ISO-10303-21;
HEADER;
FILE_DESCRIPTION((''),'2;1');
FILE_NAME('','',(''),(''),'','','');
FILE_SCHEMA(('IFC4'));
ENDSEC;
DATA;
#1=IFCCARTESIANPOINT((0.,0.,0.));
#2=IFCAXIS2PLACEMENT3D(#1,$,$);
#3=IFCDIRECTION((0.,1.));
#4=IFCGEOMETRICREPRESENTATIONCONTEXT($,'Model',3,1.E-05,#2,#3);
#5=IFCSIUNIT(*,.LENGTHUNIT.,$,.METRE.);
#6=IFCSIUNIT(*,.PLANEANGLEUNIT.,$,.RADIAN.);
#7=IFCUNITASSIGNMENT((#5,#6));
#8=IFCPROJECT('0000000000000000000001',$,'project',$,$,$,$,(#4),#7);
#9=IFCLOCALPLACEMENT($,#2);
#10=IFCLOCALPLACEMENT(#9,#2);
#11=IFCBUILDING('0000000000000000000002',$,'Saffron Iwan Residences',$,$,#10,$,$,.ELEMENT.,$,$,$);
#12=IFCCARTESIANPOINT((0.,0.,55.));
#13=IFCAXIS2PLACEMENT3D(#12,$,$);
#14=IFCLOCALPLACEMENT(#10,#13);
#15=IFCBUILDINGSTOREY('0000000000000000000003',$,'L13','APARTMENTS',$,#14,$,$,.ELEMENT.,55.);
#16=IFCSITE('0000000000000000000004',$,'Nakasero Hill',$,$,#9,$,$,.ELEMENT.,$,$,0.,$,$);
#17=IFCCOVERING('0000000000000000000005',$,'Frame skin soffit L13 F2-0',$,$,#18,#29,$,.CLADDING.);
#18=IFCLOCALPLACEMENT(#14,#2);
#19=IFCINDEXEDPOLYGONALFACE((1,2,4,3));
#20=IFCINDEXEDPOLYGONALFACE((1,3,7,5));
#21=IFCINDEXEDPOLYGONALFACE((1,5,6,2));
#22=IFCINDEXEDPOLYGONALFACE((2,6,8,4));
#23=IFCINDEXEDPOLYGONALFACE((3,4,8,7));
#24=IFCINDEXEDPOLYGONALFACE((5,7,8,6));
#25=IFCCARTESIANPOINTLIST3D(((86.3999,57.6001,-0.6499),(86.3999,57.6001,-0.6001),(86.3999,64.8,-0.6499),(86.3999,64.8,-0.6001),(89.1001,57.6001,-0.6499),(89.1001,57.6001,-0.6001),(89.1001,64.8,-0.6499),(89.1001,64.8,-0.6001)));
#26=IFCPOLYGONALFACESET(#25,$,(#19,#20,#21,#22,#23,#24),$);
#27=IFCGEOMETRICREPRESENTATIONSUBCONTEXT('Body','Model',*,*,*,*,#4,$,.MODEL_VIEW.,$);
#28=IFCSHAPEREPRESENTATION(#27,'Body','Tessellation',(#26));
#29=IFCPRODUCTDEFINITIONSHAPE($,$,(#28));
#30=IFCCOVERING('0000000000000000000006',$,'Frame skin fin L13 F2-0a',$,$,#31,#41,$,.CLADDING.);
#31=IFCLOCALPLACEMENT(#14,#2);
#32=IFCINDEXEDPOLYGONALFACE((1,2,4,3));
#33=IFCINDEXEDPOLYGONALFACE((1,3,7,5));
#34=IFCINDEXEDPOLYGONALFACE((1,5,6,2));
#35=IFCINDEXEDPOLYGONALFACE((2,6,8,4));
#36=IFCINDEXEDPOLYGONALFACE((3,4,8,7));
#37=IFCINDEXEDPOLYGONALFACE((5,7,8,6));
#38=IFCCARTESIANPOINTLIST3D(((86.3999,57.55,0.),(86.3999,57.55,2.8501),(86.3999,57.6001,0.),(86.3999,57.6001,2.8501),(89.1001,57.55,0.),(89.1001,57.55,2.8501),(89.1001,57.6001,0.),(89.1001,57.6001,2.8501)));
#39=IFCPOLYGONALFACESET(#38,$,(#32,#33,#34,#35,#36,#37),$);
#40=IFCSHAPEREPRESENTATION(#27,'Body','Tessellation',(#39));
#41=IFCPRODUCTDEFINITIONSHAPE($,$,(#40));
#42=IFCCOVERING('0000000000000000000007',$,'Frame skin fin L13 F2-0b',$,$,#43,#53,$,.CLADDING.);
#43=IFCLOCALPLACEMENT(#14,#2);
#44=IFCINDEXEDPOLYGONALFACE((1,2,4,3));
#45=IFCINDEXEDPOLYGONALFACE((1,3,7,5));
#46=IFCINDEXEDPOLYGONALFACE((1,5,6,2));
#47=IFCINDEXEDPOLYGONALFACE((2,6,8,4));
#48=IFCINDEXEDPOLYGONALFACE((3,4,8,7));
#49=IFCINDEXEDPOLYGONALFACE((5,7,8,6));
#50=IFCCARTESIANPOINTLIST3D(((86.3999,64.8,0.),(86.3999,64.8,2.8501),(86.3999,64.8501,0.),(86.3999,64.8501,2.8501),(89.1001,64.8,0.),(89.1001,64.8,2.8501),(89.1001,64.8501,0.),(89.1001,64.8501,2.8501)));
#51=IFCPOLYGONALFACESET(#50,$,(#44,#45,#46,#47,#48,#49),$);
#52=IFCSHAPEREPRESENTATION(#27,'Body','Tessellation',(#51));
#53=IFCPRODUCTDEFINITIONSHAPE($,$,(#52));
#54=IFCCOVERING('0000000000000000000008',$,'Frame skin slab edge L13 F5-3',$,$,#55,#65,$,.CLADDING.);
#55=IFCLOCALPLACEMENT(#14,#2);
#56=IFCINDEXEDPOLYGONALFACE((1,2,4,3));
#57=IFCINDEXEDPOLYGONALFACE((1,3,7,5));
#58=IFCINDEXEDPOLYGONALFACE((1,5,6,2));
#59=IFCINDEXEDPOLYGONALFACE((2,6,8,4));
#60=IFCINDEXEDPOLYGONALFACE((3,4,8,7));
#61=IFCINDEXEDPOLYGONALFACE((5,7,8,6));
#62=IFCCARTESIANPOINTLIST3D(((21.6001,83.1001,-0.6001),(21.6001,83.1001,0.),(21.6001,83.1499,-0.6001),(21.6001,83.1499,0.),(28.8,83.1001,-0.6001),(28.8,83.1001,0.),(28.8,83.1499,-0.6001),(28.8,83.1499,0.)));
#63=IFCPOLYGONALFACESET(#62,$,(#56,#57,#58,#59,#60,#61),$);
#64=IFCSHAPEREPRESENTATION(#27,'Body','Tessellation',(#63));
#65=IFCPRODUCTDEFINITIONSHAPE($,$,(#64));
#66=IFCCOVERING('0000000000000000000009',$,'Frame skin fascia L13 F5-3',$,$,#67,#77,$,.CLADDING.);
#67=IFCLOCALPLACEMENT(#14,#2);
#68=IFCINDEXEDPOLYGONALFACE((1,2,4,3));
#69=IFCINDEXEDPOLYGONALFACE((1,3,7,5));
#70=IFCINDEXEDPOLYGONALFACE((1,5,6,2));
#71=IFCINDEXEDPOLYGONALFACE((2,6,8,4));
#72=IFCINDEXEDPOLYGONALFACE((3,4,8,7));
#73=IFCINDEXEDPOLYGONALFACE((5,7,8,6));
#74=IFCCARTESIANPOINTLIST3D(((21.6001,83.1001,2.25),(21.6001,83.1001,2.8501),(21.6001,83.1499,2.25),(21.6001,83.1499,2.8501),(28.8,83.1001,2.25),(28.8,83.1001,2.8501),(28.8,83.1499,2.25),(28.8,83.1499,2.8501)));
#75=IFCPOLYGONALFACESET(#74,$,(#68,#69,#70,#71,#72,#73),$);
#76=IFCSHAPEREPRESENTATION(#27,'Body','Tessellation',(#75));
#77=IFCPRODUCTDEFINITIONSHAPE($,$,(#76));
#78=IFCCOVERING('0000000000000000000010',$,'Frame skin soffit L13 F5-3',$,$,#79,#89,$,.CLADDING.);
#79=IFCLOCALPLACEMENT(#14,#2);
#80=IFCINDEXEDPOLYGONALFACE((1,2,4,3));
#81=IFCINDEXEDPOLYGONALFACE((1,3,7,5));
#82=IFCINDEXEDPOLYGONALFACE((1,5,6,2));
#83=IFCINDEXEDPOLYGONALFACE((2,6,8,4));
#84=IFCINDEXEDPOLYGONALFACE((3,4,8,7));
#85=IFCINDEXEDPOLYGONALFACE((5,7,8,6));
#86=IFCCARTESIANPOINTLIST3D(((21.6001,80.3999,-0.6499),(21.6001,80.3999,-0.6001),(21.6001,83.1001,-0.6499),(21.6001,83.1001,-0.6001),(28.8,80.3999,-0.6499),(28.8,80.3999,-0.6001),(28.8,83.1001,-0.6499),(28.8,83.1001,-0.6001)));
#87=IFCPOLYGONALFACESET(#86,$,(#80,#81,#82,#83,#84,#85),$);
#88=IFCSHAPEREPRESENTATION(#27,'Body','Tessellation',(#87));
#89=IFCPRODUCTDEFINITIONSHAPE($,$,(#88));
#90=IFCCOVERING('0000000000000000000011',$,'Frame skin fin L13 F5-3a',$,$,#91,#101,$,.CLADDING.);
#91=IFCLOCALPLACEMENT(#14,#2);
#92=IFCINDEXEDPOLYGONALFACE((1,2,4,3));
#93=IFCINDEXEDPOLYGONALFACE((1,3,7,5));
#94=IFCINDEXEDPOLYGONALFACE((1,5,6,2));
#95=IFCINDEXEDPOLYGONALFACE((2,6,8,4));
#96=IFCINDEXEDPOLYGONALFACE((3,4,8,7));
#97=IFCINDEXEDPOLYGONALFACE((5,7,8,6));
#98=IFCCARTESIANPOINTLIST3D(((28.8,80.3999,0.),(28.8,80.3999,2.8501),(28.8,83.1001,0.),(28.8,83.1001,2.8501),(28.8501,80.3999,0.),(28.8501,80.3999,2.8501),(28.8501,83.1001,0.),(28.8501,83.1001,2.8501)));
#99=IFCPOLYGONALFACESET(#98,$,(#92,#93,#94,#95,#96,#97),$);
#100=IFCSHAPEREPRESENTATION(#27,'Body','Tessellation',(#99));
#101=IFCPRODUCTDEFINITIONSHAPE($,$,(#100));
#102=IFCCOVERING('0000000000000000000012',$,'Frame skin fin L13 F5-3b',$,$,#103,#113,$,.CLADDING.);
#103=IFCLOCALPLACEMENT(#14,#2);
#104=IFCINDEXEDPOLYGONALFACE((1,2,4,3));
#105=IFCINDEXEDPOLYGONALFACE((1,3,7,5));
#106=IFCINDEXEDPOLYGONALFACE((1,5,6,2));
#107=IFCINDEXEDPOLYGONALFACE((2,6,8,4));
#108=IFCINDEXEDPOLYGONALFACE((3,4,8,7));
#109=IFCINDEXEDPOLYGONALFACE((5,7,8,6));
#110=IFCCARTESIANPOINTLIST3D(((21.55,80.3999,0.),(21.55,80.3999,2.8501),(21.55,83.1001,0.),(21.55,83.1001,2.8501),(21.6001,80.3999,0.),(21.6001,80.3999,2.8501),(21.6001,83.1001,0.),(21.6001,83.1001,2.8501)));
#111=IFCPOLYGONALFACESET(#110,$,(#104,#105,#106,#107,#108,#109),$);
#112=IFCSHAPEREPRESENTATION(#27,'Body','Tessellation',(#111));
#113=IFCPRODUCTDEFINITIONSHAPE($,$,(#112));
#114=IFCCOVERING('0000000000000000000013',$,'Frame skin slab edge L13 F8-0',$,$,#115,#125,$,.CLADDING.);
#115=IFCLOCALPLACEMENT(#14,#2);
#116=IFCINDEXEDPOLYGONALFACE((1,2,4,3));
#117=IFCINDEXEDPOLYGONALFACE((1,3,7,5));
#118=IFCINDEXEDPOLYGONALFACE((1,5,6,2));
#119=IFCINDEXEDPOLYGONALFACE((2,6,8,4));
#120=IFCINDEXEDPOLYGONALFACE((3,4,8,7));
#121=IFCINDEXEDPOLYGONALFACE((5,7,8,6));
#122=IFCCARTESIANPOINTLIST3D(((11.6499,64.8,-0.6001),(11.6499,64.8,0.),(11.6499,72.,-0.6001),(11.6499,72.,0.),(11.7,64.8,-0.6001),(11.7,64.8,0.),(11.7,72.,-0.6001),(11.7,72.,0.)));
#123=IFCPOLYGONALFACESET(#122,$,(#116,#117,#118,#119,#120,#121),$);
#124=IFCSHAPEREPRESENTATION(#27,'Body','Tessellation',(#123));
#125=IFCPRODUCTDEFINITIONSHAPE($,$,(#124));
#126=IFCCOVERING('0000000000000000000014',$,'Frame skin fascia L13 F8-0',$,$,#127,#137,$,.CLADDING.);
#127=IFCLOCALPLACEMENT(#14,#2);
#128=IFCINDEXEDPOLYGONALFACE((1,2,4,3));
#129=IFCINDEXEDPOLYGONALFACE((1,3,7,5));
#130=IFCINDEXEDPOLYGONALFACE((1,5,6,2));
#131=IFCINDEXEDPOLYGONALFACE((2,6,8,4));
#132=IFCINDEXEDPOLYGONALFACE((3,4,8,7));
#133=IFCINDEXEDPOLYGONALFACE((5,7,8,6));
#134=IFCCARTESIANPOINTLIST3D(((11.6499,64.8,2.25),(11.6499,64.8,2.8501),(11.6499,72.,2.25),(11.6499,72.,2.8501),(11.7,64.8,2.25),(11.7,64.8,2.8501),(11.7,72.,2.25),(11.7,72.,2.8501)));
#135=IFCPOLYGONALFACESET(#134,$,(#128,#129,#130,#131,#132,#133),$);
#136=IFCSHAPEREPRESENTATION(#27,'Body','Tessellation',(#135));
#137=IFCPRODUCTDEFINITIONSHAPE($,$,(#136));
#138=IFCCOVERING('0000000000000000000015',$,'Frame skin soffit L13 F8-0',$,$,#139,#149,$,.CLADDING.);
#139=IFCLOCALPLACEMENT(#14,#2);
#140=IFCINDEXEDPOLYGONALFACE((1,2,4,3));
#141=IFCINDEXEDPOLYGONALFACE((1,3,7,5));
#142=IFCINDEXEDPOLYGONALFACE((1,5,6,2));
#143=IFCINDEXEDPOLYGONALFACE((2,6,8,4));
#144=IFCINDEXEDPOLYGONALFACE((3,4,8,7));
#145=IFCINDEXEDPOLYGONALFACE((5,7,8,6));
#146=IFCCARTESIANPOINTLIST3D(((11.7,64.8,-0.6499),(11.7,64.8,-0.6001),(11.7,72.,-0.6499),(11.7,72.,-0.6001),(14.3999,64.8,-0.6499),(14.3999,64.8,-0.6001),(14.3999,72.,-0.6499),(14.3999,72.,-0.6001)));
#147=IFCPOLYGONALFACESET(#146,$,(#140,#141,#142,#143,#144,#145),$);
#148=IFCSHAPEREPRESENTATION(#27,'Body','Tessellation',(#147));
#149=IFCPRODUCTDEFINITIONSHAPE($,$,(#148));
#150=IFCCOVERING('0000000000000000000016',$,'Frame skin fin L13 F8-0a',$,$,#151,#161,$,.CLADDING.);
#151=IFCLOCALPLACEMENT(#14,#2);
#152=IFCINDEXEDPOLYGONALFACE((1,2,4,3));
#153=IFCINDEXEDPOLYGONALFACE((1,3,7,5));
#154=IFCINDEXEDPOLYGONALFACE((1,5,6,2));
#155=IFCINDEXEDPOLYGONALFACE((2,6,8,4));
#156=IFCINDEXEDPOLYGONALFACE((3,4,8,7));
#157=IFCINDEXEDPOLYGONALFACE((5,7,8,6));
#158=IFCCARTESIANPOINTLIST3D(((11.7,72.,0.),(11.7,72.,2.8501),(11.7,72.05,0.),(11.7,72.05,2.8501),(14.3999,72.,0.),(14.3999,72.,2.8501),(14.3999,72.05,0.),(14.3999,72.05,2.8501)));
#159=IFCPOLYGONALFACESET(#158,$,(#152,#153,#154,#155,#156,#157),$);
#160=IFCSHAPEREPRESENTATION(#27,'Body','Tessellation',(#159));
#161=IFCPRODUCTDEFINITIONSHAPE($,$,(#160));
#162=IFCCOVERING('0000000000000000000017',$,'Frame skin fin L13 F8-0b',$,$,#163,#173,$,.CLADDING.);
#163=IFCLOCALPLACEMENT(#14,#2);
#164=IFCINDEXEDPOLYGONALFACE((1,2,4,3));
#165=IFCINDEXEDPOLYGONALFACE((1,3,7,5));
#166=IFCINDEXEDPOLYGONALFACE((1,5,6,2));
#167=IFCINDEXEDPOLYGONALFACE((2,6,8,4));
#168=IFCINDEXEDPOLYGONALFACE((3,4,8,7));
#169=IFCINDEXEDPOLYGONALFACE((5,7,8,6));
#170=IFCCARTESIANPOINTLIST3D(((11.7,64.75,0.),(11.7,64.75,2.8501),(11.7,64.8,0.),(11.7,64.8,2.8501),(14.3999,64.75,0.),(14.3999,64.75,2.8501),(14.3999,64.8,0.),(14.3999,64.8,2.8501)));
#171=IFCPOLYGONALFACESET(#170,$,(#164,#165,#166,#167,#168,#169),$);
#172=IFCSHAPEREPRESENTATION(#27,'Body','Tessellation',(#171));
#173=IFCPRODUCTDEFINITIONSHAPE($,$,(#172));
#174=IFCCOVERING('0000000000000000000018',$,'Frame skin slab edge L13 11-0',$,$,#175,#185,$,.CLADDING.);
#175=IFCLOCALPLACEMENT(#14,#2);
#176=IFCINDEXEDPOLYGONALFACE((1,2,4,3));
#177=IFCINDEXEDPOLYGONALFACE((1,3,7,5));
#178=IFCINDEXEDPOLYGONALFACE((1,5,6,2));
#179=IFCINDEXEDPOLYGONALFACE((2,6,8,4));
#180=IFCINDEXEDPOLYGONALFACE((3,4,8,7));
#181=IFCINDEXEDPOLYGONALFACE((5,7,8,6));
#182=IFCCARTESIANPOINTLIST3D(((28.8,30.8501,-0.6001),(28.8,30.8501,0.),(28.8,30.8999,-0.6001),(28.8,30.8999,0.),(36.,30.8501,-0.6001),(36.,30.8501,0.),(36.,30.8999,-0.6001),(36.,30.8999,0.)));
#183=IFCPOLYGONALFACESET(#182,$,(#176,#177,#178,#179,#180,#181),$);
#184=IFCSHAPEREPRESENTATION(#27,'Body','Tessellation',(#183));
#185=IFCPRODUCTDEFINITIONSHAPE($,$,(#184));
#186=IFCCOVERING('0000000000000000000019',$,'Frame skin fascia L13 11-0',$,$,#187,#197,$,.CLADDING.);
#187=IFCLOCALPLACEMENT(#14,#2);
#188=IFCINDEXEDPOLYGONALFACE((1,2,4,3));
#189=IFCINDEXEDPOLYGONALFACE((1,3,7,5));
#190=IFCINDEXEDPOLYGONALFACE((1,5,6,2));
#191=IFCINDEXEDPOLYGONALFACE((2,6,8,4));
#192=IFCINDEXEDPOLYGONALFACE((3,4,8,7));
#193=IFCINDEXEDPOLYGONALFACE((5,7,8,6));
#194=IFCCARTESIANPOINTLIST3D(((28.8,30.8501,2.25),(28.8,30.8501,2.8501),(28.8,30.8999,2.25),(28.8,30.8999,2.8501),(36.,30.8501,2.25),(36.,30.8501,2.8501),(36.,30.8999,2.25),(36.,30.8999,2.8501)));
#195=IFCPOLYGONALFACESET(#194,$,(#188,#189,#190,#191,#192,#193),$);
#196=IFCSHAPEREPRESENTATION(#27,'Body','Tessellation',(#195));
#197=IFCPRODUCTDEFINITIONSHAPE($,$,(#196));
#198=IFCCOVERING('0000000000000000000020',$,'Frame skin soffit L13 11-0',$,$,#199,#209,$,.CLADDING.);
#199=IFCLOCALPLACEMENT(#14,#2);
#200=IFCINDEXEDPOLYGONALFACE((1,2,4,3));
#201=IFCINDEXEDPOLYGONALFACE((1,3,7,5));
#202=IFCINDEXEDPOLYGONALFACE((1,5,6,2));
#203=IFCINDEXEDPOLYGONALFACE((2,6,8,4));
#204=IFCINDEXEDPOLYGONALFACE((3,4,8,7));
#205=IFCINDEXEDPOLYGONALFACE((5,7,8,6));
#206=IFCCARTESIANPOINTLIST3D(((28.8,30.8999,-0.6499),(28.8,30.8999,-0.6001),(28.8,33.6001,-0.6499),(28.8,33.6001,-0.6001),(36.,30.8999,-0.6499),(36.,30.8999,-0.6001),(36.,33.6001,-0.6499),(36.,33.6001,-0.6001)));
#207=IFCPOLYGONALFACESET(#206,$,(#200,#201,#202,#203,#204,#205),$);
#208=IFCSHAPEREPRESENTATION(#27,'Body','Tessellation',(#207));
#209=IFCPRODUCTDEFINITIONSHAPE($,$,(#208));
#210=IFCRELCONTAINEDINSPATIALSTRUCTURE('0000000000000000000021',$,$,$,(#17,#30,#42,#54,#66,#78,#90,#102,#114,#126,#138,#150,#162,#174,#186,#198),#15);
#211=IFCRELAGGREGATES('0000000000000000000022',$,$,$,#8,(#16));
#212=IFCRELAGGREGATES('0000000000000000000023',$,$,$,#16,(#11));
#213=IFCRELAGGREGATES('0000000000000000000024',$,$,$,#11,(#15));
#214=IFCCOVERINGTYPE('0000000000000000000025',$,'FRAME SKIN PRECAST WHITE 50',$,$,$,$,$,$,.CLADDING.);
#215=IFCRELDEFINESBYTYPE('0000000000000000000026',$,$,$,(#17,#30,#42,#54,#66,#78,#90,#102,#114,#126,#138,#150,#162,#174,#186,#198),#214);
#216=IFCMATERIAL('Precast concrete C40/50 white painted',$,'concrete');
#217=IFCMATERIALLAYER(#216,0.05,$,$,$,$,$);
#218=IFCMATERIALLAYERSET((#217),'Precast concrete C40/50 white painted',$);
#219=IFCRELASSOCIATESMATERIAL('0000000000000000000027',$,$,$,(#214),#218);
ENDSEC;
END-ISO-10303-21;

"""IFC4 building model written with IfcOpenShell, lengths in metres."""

from ifc_helpers import new_model, si_unit, direction, frame, origin, place, context, subcontext, project, spatial, polyline, outline, extrude, material, layer, layer_set, type_object, element, save


model = new_model("IFC4")

# Units and contexts
model_context = context("Model", 3, precision=1e-05, world=origin(), true_north=direction((0.0, 1.0)))
body_context = subcontext(model_context, "Body", "Model", "MODEL_VIEW")
ifc_project = project(units=[si_unit("LENGTHUNIT", "METRE"), si_unit("PLANEANGLEUNIT", "RADIAN")], contexts=[model_context])

# Site, building, storey
site_placement = place(None, origin())
site = spatial("IfcSite", under=ifc_project, at=site_placement, Name="Nakasero Hill", CompositionType="ELEMENT", RefElevation=0.0)
building_placement = place(site_placement, origin())
building = spatial("IfcBuilding", under=site, at=building_placement, Name="Saffron Iwan Residences", CompositionType="ELEMENT")
storey_placement = place(building_placement, frame((0.0, 0.0, 55.0)))
storey = spatial("IfcBuildingStorey", under=building, at=storey_placement, Name="L13", Description="APARTMENTS", CompositionType="ELEMENT", Elevation=55.0)

# Coverings
ifc_material_1 = material(Name="Precast concrete C40/50 white painted", Category="concrete")
ifc_layer_1 = layer(ifc_material_1, 0.05)
ifc_layer_set_1 = layer_set([ifc_layer_1], Name="Precast concrete C40/50 white painted")
covering_type_1 = type_object("IfcCoveringType", Name="FRAME SKIN PRECAST WHITE 50", PredefinedType="CLADDING", material=ifc_layer_set_1)
covering_1_placement = place(storey_placement, frame((0.0, 0.0, -0.6499)))
element("IfcCovering", 1, at=covering_1_placement, inside=storey, type_object=covering_type_1, Name="Frame skin soffit L13 F2-0", PredefinedType="CLADDING", context=body_context, shape_type="SweptSolid", body=[
    extrude(outline(polyline([(89.1001, 57.6001), (89.1001, 64.8), (86.3999, 64.8), (86.3999, 57.6001), (89.1001, 57.6001)])), origin(), (0.0, 0.0, 1.0), 0.0498),
])
covering_2_placement = place(storey_placement, origin())
element("IfcCovering", 2, at=covering_2_placement, inside=storey, type_object=covering_type_1, Name="Frame skin fin L13 F2-0a", PredefinedType="CLADDING", context=body_context, shape_type="SweptSolid", body=[
    extrude(outline(polyline([(89.1001, 57.55), (89.1001, 57.6001), (86.3999, 57.6001), (86.3999, 57.55), (89.1001, 57.55)])), origin(), (0.0, 0.0, 1.0), 2.8501),
])
covering_3_placement = place(storey_placement, origin())
element("IfcCovering", 3, at=covering_3_placement, inside=storey, type_object=covering_type_1, Name="Frame skin fin L13 F2-0b", PredefinedType="CLADDING", context=body_context, shape_type="SweptSolid", body=[
    extrude(outline(polyline([(89.1001, 64.8), (89.1001, 64.8501), (86.3999, 64.8501), (86.3999, 64.8), (89.1001, 64.8)])), origin(), (0.0, 0.0, 1.0), 2.8501),
])
for number, where, name in (
    (4, (0.0, 0.0, -0.6001), "Frame skin slab edge L13 F5-3"),
    (5, (0.0, 0.0, 2.25), "Frame skin fascia L13 F5-3"),
):
    element("IfcCovering", number, at=place(storey_placement, frame(where)), inside=storey, type_object=covering_type_1, Name=name, PredefinedType="CLADDING", context=body_context, shape_type="SweptSolid", body=[
        extrude(outline(polyline([(28.8, 83.1499), (21.6001, 83.1499), (21.6001, 83.1001), (28.8, 83.1001), (28.8, 83.1499)])), origin(), (0.0, 0.0, 1.0), 0.6001),
    ])
covering_4_placement = place(storey_placement, frame((0.0, 0.0, -0.6499)))
element("IfcCovering", 6, at=covering_4_placement, inside=storey, type_object=covering_type_1, Name="Frame skin soffit L13 F5-3", PredefinedType="CLADDING", context=body_context, shape_type="SweptSolid", body=[
    extrude(outline(polyline([(28.8, 83.1001), (21.6001, 83.1001), (21.6001, 80.3999), (28.8, 80.3999), (28.8, 83.1001)])), origin(), (0.0, 0.0, 1.0), 0.0498),
])
covering_5_placement = place(storey_placement, origin())
element("IfcCovering", 7, at=covering_5_placement, inside=storey, type_object=covering_type_1, Name="Frame skin fin L13 F5-3a", PredefinedType="CLADDING", context=body_context, shape_type="SweptSolid", body=[
    extrude(outline(polyline([(28.8501, 83.1001), (28.8, 83.1001), (28.8, 80.3999), (28.8501, 80.3999), (28.8501, 83.1001)])), origin(), (0.0, 0.0, 1.0), 2.8501),
])
covering_6_placement = place(storey_placement, origin())
element("IfcCovering", 8, at=covering_6_placement, inside=storey, type_object=covering_type_1, Name="Frame skin fin L13 F5-3b", PredefinedType="CLADDING", context=body_context, shape_type="SweptSolid", body=[
    extrude(outline(polyline([(21.6001, 83.1001), (21.55, 83.1001), (21.55, 80.3999), (21.6001, 80.3999), (21.6001, 83.1001)])), origin(), (0.0, 0.0, 1.0), 2.8501),
])
for number, where, name in (
    (9, (0.0, 0.0, -0.6001), "Frame skin slab edge L13 F8-0"),
    (10, (0.0, 0.0, 2.25), "Frame skin fascia L13 F8-0"),
):
    element("IfcCovering", number, at=place(storey_placement, frame(where)), inside=storey, type_object=covering_type_1, Name=name, PredefinedType="CLADDING", context=body_context, shape_type="SweptSolid", body=[
        extrude(outline(polyline([(11.6499, 72.0), (11.6499, 64.8), (11.7, 64.8), (11.7, 72.0), (11.6499, 72.0)])), origin(), (0.0, 0.0, 1.0), 0.6001),
    ])
covering_7_placement = place(storey_placement, frame((0.0, 0.0, -0.6499)))
element("IfcCovering", 11, at=covering_7_placement, inside=storey, type_object=covering_type_1, Name="Frame skin soffit L13 F8-0", PredefinedType="CLADDING", context=body_context, shape_type="SweptSolid", body=[
    extrude(outline(polyline([(11.7, 72.0), (11.7, 64.8), (14.3999, 64.8), (14.3999, 72.0), (11.7, 72.0)])), origin(), (0.0, 0.0, 1.0), 0.0498),
])
covering_8_placement = place(storey_placement, origin())
element("IfcCovering", 12, at=covering_8_placement, inside=storey, type_object=covering_type_1, Name="Frame skin fin L13 F8-0a", PredefinedType="CLADDING", context=body_context, shape_type="SweptSolid", body=[
    extrude(outline(polyline([(11.7, 72.05), (11.7, 72.0), (14.3999, 72.0), (14.3999, 72.05), (11.7, 72.05)])), origin(), (0.0, 0.0, 1.0), 2.8501),
])
covering_9_placement = place(storey_placement, origin())
element("IfcCovering", 13, at=covering_9_placement, inside=storey, type_object=covering_type_1, Name="Frame skin fin L13 F8-0b", PredefinedType="CLADDING", context=body_context, shape_type="SweptSolid", body=[
    extrude(outline(polyline([(11.7, 64.8), (11.7, 64.75), (14.3999, 64.75), (14.3999, 64.8), (11.7, 64.8)])), origin(), (0.0, 0.0, 1.0), 2.8501),
])
for number, where, name in (
    (14, (0.0, 0.0, -0.6001), "Frame skin slab edge L13 11-0"),
    (15, (0.0, 0.0, 2.25), "Frame skin fascia L13 11-0"),
):
    element("IfcCovering", number, at=place(storey_placement, frame(where)), inside=storey, type_object=covering_type_1, Name=name, PredefinedType="CLADDING", context=body_context, shape_type="SweptSolid", body=[
        extrude(outline(polyline([(28.8, 30.8501), (36.0, 30.8501), (36.0, 30.8999), (28.8, 30.8999), (28.8, 30.8501)])), origin(), (0.0, 0.0, 1.0), 0.6001),
    ])
covering_10_placement = place(storey_placement, frame((0.0, 0.0, -0.6499)))
element("IfcCovering", 16, at=covering_10_placement, inside=storey, type_object=covering_type_1, Name="Frame skin soffit L13 11-0", PredefinedType="CLADDING", context=body_context, shape_type="SweptSolid", body=[
    extrude(outline(polyline([(28.8, 30.8999), (36.0, 30.8999), (36.0, 33.6001), (28.8, 33.6001), (28.8, 30.8999)])), origin(), (0.0, 0.0, 1.0), 0.0498),
])

save(model, "model.ifc")
